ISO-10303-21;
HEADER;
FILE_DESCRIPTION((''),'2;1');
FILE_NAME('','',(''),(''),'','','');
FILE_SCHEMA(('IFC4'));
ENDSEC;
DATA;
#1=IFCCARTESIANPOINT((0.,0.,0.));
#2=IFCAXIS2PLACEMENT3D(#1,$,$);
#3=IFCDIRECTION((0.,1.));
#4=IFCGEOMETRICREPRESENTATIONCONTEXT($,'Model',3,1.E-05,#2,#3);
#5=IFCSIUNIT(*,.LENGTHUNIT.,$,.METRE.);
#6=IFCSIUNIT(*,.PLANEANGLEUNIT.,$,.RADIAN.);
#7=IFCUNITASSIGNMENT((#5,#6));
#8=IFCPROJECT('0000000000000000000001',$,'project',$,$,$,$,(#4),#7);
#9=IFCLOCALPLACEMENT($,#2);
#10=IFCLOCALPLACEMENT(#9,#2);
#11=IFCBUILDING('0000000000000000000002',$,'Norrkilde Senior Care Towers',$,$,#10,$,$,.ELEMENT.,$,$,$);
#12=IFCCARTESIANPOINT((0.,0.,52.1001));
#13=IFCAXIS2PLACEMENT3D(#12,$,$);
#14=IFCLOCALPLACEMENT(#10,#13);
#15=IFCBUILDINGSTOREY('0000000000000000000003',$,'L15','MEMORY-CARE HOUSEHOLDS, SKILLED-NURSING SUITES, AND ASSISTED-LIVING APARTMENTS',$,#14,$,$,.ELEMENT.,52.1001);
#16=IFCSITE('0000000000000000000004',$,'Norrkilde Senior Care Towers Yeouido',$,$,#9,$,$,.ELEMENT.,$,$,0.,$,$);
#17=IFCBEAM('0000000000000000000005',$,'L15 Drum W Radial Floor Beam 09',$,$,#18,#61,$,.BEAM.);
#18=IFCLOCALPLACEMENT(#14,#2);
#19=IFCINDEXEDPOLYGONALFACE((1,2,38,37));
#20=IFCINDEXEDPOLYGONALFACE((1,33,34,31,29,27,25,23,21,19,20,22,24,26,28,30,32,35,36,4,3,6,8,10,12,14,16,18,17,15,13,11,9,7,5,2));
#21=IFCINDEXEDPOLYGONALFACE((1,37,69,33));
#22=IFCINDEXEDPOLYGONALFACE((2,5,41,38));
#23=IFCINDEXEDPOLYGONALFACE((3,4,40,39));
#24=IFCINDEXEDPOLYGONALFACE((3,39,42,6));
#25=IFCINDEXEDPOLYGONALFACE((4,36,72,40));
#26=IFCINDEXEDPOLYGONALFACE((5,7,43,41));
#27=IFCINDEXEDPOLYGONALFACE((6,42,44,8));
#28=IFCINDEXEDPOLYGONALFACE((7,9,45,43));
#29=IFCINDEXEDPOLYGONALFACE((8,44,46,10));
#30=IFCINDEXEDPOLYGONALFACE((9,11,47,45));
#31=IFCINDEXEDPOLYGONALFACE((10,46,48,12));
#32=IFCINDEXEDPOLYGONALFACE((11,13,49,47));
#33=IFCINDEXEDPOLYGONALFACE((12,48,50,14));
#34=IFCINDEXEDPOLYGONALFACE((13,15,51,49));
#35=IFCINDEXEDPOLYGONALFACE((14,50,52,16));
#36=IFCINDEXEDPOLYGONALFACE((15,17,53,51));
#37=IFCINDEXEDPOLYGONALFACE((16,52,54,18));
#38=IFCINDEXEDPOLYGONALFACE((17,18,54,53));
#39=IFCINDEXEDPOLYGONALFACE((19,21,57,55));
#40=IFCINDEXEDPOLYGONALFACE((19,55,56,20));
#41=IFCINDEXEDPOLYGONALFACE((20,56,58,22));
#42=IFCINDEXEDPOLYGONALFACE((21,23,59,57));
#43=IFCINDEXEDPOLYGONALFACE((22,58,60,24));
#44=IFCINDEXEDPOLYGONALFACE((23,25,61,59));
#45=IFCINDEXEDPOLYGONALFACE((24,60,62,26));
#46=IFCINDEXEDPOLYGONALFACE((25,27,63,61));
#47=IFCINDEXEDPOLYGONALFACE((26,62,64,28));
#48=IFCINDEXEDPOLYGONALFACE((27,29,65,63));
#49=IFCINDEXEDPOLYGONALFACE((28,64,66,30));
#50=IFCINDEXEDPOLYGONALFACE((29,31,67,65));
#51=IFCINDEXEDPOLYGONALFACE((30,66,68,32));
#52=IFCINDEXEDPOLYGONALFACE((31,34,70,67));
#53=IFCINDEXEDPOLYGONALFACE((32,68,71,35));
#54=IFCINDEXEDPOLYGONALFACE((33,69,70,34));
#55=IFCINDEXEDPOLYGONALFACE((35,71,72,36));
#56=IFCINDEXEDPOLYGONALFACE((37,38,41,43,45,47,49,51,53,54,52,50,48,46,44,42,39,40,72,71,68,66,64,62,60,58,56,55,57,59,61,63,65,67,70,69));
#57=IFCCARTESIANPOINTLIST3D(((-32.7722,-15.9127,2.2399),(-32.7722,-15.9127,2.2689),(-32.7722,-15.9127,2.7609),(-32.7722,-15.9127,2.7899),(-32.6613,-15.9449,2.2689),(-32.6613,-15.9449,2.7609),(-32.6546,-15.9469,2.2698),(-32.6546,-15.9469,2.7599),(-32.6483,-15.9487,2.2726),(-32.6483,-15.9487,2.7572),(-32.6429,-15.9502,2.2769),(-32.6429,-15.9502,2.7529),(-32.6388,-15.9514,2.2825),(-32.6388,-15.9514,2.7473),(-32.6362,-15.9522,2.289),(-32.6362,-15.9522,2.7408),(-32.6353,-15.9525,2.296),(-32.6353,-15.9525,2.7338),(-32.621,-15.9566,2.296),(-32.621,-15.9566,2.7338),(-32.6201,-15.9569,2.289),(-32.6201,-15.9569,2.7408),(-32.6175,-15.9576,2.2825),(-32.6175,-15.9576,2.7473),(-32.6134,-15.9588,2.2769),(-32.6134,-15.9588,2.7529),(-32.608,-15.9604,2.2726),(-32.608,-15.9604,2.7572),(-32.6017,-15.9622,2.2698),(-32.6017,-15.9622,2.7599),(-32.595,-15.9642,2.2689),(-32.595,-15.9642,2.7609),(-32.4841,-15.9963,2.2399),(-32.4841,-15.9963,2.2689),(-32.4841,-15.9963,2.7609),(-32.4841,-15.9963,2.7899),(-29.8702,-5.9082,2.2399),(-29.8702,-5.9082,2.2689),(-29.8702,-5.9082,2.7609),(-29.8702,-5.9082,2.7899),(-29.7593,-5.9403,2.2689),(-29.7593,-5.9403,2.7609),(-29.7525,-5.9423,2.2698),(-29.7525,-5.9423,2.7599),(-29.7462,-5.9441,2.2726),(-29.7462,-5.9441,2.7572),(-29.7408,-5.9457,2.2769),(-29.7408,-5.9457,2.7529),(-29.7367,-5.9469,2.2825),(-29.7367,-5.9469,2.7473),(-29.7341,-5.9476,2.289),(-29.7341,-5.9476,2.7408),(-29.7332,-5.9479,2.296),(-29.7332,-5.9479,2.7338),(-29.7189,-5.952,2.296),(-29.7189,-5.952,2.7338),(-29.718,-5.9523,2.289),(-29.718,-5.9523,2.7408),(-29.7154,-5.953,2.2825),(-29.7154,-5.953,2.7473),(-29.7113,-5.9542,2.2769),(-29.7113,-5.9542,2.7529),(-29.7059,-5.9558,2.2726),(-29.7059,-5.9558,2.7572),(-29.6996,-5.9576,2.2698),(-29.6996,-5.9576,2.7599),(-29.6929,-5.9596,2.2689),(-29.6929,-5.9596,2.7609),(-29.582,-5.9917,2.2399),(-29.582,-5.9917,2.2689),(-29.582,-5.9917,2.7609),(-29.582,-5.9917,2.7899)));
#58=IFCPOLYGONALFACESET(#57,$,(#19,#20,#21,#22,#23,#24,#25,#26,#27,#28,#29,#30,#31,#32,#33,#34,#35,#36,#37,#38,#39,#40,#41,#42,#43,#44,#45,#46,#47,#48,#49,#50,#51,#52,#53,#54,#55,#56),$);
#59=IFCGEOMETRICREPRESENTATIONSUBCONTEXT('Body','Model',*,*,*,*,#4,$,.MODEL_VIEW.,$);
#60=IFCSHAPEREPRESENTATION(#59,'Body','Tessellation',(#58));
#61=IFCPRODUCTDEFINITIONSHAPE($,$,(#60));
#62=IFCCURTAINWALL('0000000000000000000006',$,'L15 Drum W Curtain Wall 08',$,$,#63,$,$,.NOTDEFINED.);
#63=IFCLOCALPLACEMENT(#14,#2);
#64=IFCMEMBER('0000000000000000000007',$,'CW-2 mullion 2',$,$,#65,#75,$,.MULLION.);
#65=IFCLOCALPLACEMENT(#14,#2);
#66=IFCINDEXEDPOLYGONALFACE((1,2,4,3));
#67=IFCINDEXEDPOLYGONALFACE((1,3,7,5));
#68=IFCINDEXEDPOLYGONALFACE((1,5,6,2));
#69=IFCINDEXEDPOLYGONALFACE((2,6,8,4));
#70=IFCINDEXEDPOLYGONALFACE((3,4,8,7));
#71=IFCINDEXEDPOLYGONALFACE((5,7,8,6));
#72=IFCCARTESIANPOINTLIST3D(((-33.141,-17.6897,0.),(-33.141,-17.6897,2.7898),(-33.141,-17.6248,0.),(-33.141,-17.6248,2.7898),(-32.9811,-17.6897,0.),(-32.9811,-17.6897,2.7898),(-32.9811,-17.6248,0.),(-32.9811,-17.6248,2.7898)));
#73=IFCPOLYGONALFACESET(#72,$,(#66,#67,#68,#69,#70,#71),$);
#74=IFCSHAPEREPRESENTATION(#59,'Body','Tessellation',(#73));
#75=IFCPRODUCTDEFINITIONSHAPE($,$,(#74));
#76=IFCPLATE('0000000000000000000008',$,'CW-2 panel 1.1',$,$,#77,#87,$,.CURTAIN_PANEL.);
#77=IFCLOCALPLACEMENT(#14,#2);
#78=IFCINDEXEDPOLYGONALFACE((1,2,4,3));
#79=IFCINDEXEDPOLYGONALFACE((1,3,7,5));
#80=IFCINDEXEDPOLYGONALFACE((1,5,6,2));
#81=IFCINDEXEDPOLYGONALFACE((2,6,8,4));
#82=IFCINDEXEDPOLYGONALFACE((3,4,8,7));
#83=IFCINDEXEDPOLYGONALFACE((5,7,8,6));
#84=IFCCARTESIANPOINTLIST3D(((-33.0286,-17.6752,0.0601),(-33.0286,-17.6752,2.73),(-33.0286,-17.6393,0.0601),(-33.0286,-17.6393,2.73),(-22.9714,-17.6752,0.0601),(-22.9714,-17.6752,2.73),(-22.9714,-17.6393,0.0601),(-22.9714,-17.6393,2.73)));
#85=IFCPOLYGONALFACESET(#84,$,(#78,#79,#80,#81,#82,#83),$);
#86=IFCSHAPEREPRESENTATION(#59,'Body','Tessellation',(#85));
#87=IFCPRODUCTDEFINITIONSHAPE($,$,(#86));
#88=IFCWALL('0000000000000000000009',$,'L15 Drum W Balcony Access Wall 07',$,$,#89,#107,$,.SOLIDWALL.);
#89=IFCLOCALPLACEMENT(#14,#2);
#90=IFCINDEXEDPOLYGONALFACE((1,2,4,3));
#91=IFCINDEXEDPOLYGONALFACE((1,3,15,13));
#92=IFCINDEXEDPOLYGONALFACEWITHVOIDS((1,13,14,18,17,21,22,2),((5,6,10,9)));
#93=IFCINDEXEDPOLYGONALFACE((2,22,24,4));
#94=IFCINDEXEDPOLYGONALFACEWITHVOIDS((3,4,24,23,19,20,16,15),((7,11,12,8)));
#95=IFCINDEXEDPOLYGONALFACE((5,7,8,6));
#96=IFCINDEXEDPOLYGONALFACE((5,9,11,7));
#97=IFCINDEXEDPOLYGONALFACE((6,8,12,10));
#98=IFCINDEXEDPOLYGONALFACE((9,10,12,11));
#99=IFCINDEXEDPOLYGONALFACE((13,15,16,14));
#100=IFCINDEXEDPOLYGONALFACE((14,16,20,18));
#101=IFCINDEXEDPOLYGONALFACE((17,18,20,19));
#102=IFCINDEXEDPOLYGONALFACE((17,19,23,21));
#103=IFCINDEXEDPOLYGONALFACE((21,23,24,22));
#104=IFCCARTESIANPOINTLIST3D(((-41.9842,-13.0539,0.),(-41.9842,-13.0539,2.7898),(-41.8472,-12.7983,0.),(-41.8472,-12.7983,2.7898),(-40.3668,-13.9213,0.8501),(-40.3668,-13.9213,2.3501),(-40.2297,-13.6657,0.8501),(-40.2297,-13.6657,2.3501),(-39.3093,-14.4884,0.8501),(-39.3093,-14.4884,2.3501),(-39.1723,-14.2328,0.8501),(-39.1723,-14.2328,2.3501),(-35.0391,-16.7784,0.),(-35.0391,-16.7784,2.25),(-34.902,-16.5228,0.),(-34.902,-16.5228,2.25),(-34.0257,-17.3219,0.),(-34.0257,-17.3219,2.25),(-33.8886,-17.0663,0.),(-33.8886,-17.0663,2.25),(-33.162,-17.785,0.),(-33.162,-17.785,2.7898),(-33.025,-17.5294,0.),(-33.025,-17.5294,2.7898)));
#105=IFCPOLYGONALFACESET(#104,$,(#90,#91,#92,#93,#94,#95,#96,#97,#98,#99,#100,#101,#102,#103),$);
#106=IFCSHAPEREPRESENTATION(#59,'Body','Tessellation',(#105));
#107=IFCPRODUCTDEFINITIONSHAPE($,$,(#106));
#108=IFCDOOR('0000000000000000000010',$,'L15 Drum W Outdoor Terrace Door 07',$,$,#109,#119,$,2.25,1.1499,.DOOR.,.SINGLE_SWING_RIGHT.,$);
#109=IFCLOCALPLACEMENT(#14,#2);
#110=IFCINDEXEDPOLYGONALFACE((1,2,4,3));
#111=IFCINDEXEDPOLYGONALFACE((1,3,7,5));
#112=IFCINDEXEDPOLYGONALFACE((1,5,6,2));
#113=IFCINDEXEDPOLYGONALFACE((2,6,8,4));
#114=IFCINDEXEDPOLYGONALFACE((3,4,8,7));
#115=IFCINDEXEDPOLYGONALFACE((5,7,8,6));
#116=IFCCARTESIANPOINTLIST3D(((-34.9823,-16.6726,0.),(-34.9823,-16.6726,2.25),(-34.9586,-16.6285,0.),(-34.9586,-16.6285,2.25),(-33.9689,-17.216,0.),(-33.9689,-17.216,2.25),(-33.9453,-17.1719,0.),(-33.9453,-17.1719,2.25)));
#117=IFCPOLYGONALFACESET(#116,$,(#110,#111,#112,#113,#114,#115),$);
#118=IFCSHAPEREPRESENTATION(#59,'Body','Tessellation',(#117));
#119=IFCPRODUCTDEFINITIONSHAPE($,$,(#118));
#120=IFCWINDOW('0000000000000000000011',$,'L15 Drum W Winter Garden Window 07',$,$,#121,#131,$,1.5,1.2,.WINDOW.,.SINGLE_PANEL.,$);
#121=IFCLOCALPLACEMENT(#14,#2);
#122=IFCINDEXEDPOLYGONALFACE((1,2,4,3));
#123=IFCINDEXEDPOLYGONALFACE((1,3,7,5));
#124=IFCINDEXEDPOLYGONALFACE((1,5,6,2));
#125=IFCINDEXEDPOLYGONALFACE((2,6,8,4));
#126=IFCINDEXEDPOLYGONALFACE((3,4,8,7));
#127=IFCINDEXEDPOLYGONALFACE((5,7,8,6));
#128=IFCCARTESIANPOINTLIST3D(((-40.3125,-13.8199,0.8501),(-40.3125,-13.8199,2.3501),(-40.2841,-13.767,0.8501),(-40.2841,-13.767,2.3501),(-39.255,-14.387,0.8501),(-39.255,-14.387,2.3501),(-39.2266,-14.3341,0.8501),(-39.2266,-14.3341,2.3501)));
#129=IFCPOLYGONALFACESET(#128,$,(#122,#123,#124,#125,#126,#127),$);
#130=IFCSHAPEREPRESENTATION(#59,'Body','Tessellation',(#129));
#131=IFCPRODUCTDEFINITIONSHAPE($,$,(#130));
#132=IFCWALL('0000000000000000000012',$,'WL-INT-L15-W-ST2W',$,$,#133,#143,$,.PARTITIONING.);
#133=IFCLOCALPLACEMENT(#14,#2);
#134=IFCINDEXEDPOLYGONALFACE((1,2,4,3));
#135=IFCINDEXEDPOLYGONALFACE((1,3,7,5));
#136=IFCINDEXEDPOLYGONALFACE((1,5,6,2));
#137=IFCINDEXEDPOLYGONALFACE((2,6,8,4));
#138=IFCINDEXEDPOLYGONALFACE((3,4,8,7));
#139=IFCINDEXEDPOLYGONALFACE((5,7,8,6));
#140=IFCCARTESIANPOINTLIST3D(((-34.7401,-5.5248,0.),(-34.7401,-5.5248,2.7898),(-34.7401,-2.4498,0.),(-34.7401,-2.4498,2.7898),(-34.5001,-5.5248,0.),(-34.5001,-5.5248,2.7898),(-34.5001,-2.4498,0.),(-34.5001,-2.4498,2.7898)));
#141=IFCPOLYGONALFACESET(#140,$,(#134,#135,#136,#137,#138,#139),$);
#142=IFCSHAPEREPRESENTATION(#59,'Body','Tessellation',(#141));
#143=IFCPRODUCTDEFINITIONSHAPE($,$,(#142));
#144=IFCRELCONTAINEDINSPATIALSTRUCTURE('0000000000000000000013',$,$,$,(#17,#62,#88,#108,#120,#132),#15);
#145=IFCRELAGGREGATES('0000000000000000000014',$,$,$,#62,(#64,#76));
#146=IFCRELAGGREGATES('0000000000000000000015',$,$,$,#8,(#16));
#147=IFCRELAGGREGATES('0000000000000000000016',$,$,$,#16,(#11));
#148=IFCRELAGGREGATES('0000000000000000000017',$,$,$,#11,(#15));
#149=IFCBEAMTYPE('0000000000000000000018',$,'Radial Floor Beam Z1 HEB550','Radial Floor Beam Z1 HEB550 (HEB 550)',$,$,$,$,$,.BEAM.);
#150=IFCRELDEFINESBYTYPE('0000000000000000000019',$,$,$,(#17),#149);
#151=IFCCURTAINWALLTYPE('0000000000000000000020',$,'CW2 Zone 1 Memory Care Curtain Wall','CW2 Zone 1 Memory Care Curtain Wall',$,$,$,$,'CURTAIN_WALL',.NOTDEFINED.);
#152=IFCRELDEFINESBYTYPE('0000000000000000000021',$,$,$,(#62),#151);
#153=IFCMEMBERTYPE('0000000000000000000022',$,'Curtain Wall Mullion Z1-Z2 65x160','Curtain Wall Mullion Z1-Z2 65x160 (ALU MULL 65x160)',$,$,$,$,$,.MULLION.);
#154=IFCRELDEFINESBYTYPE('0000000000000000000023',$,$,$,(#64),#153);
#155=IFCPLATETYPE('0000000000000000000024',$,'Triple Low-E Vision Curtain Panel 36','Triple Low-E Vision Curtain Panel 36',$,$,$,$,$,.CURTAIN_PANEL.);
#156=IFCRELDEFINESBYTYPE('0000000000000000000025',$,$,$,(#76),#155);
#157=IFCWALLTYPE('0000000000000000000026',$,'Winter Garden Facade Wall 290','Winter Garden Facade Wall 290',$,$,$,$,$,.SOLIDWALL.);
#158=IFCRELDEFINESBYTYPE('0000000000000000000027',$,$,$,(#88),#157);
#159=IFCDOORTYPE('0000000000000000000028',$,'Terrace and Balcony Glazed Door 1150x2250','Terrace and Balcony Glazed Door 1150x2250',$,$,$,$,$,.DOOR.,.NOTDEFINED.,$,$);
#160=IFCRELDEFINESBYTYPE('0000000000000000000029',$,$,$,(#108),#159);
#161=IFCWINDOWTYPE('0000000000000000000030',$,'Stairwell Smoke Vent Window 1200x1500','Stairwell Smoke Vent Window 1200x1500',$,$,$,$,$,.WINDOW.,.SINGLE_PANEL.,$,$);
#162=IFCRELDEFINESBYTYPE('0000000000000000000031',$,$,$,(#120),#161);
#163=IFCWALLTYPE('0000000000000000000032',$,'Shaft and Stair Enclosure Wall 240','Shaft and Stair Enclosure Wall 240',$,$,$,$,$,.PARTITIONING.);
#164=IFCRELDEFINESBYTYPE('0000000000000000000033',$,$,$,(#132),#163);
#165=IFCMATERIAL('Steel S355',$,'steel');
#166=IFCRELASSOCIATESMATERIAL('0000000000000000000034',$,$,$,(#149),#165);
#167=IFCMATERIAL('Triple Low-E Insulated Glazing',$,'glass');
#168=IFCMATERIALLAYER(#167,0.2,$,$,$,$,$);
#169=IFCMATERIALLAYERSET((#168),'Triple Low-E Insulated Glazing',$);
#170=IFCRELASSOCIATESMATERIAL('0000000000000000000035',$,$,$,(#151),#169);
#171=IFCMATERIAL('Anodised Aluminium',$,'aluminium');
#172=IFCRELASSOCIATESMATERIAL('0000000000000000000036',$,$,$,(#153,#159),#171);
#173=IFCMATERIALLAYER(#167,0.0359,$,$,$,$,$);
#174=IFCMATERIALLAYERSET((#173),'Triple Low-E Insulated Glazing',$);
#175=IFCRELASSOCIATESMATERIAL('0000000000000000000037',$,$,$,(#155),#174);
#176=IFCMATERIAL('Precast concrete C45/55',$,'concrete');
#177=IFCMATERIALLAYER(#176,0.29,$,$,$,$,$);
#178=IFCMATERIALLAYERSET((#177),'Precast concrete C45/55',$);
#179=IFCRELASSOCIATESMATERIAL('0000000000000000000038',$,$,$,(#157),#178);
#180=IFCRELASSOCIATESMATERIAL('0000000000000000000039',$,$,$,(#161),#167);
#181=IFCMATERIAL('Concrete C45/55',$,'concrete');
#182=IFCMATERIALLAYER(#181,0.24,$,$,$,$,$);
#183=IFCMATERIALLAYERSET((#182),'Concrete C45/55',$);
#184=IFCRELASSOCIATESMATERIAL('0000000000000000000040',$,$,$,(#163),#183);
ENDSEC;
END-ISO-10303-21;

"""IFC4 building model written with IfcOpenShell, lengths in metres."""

from ifc_helpers import new_model, si_unit, direction, frame, frame_2d, origin, origin_2d, place, context, subcontext, project, spatial, rectangle, i_section, extrude, source, transform, mapped, material, layer, layer_set, material_profile, profile_set, type_object, type_shapes, element, fill, aggregate, save


model = new_model("IFC4")

# Units and contexts
model_context = context("Model", 3, precision=1e-05, world=origin(), true_north=direction((0.0, 1.0)))
body_context = subcontext(model_context, "Body", "Model", "MODEL_VIEW")
ifc_project = project(units=[si_unit("LENGTHUNIT", "METRE"), si_unit("PLANEANGLEUNIT", "RADIAN")], contexts=[model_context])

# Site, building, storey
site_placement = place(None, origin())
site = spatial("IfcSite", under=ifc_project, at=site_placement, Name="Norrkilde Senior Care Towers Yeouido", CompositionType="ELEMENT", RefElevation=0.0)
building_placement = place(site_placement, origin())
building = spatial("IfcBuilding", under=site, at=building_placement, Name="Norrkilde Senior Care Towers", CompositionType="ELEMENT")
storey_placement = place(building_placement, frame((0.0, 0.0, 52.1001)))
storey = spatial("IfcBuildingStorey", under=building, at=storey_placement, Name="L15", Description="MEMORY-CARE HOUSEHOLDS, SKILLED-NURSING SUITES, AND ASSISTED-LIVING APARTMENTS", CompositionType="ELEMENT", Elevation=52.1001)

# Beam
ifc_material_1 = material(Name="Steel S355", Category="steel")
ifc_material_profile_1 = material_profile(ifc_material_1, i_section(OverallWidth=0.3, OverallDepth=0.55, WebThickness=0.0149, FlangeThickness=0.0291, FilletRadius=0.0271, at=origin_2d()), Name="HEB 550")
ifc_profile_set_1 = profile_set([ifc_material_profile_1], Name="Steel S355")
beam_type_1 = type_object("IfcBeamType", Name="Radial Floor Beam Z1 HEB550", Description="Radial Floor Beam Z1 HEB550 (HEB 550)", PredefinedType="BEAM", material=ifc_profile_set_1)
shared_shape_1 = source(origin(), body_context, "Body", "SweptSolid", [
    extrude(i_section(OverallWidth=0.3, OverallDepth=0.55, WebThickness=0.0149, FlangeThickness=0.0291, FilletRadius=0.0271, at=origin_2d()), origin(), (0.0, 0.0, 1.0), 10.417),
])
beam_1_placement = place(storey_placement, frame((-29.7261, -5.95, 2.5149), z_axis=(-0.278591, -0.96041, 0.0), x_axis=(0.96041, -0.278591, 0.0)))
element("IfcBeam", 1, at=beam_1_placement, inside=storey, type_object=beam_type_1, Name="L15 Drum W Radial Floor Beam 09", PredefinedType="BEAM", context=body_context, shape_type="MappedRepresentation", body=[
    mapped(shared_shape_1, transform((0.0, 0.0, 0.0), x_axis=(1.0, 0.0, 0.0), y_axis=(0.0, 1.0, 0.0), z_axis=(0.0, 0.0, 1.0), scale=1.0)),
])

# Curtain wall, member, plate
ifc_material_2 = material(Name="Triple Low-E Insulated Glazing", Category="glass")
ifc_layer_1 = layer(ifc_material_2, 0.2)
ifc_layer_set_1 = layer_set([ifc_layer_1], Name="Triple Low-E Insulated Glazing")
curtain_wall_type = type_object("IfcCurtainWallType", Name="CW2 Zone 1 Memory Care Curtain Wall", Description="CW2 Zone 1 Memory Care Curtain Wall", ElementType="CURTAIN_WALL", PredefinedType="NOTDEFINED", material=ifc_layer_set_1)
curtain_wall_placement = place(storey_placement, origin())
curtain_wall = element("IfcCurtainWall", 2, at=curtain_wall_placement, inside=storey, type_object=curtain_wall_type, Name="L15 Drum W Curtain Wall 08", PredefinedType="NOTDEFINED")
ifc_material_3 = material(Name="Anodised Aluminium", Category="aluminium")
ifc_material_profile_2 = material_profile(ifc_material_3, rectangle(XDim=0.0649, YDim=0.1599, at=origin_2d()), Name="ALU MULL 65x160")
ifc_profile_set_2 = profile_set([ifc_material_profile_2], Name="Anodised Aluminium")
member_type = type_object("IfcMemberType", Name="Curtain Wall Mullion Z1-Z2 65x160", Description="Curtain Wall Mullion Z1-Z2 65x160 (ALU MULL 65x160)", PredefinedType="MULLION", material=ifc_profile_set_2)
shared_shape_2 = source(origin(), body_context, "Body", "SweptSolid", [
    extrude(rectangle(XDim=0.0649, YDim=0.1599, at=origin_2d()), origin(), (0.0, 0.0, 1.0), 2.7898),
])
type_shapes(member_type, [shared_shape_2])
member_placement = place(storey_placement, frame((-33.061, -17.6572, 0.0), z_axis=(0.0, 0.0, 1.0), x_axis=(0.0, -1.0, 0.0)))
member = element("IfcMember", 3, at=member_placement, type_object=member_type, Name="CW-2 mullion 2", PredefinedType="MULLION", context=body_context, shape_type="MappedRepresentation", body=[
    mapped(shared_shape_2, transform((0.0, 0.0, 0.0), x_axis=(1.0, 0.0, 0.0), y_axis=(0.0, 1.0, 0.0), z_axis=(0.0, 0.0, 1.0), scale=1.0)),
])
ifc_layer_2 = layer(ifc_material_2, 0.0359)
ifc_layer_set_2 = layer_set([ifc_layer_2], Name="Triple Low-E Insulated Glazing")
plate_type = type_object("IfcPlateType", Name="Triple Low-E Vision Curtain Panel 36", Description="Triple Low-E Vision Curtain Panel 36", PredefinedType="CURTAIN_PANEL", material=ifc_layer_set_2)
shared_shape_3 = source(origin(), body_context, "Body", "SweptSolid", [
    extrude(rectangle(XDim=10.0571, YDim=0.0359, at=origin_2d()), origin(), (0.0, 0.0, 1.0), 2.6699),
])
type_shapes(plate_type, [shared_shape_3])
plate_placement = place(storey_placement, frame((-28.0, -17.6572, 0.0601), z_axis=(0.0, 0.0, 1.0), x_axis=(-1.0, 0.0, 0.0)))
plate = element("IfcPlate", 4, at=plate_placement, type_object=plate_type, Name="CW-2 panel 1.1", PredefinedType="CURTAIN_PANEL", context=body_context, shape_type="MappedRepresentation", body=[
    mapped(shared_shape_3, transform((0.0, 0.0, 0.0), x_axis=(1.0, 0.0, 0.0), y_axis=(0.0, 1.0, 0.0), z_axis=(0.0, 0.0, 1.0), scale=1.0)),
])
aggregate(curtain_wall, [member, plate])

# Wall, openings, door, window
ifc_material_4 = material(Name="Precast concrete C45/55", Category="concrete")
ifc_layer_3 = layer(ifc_material_4, 0.29)
ifc_layer_set_3 = layer_set([ifc_layer_3], Name="Precast concrete C45/55")
wall_type_1 = type_object("IfcWallType", Name="Winter Garden Facade Wall 290", Description="Winter Garden Facade Wall 290", PredefinedType="SOLIDWALL", material=ifc_layer_set_3)
shared_shape_4 = source(origin(), body_context, "Body", "SweptSolid", [
    extrude(rectangle(XDim=10.0107, YDim=0.29, at=frame_2d((5.0054, 0.0))), origin(), (0.0, 0.0, 1.0), 2.7898),
])
type_shapes(wall_type_1, [shared_shape_4])
wall_1_placement = place(storey_placement, frame((-33.0935, -17.6572, 0.0), z_axis=(0.0, 0.0, 1.0), x_axis=(-0.881273, 0.472608, 0.0)))
wall_1 = element("IfcWall", 5, at=wall_1_placement, inside=storey, type_object=wall_type_1, Name="L15 Drum W Balcony Access Wall 07", PredefinedType="SOLIDWALL", context=body_context, shape_type="MappedRepresentation", body=[
    mapped(shared_shape_4, transform((0.0, 0.0, 0.0), x_axis=(1.0, 0.0, 0.0), y_axis=(0.0, 1.0, 0.0), z_axis=(0.0, 0.0, 1.0), scale=1.0)),
])
opening_1_placement = place(wall_1_placement, frame((0.98, 0.0, 0.0)))
opening_1 = element("IfcOpeningElement", 6, at=opening_1_placement, cuts=wall_1, PredefinedType="OPENING", context=body_context, shape_type="SweptSolid", body=[
    extrude(rectangle(XDim=1.1499, YDim=2.25, at=frame_2d((0.575, 1.125))), frame((0.0, 0.155, 0.0), z_axis=(0.0, -1.0, 0.0), x_axis=(1.0, 0.0, 0.0)), (0.0, 0.0, 1.0), 0.3101),
])
opening_2_placement = place(wall_1_placement, frame((6.9753, 0.0, 0.8501)))
opening_2 = element("IfcOpeningElement", 7, at=opening_2_placement, cuts=wall_1, PredefinedType="OPENING", context=body_context, shape_type="SweptSolid", body=[
    extrude(rectangle(XDim=1.2, YDim=1.5, at=frame_2d((0.6001, 0.75))), frame((0.0, 0.155, 0.0), z_axis=(0.0, -1.0, 0.0), x_axis=(1.0, 0.0, 0.0)), (0.0, 0.0, 1.0), 0.3101),
])
door_type_1 = type_object("IfcDoorType", Name="Terrace and Balcony Glazed Door 1150x2250", Description="Terrace and Balcony Glazed Door 1150x2250", OperationType="NOTDEFINED", PredefinedType="DOOR", material=ifc_material_3)
shared_shape_5 = source(origin(), body_context, "Body", "SweptSolid", [
    extrude(rectangle(XDim=1.1499, YDim=2.25, at=frame_2d((0.575, 1.125))), frame((0.0, 0.0249, 0.0), z_axis=(0.0, -1.0, 0.0), x_axis=(1.0, 0.0, 0.0)), (0.0, 0.0, 1.0), 0.05),
])
type_shapes(door_type_1, [shared_shape_5])
door_1_placement = place(opening_1_placement, origin())
door_1 = element("IfcDoor", 8, at=door_1_placement, inside=storey, type_object=door_type_1, Name="L15 Drum W Outdoor Terrace Door 07", OperationType="SINGLE_SWING_RIGHT", OverallHeight=2.25, OverallWidth=1.1499, PredefinedType="DOOR", context=body_context, shape_type="MappedRepresentation", body=[
    mapped(shared_shape_5, transform((0.0, 0.0, 0.0), x_axis=(1.0, 0.0, 0.0), y_axis=(0.0, 1.0, 0.0), z_axis=(0.0, 0.0, 1.0), scale=1.0)),
])
fill(opening_1, door_1)
window_type = type_object("IfcWindowType", Name="Stairwell Smoke Vent Window 1200x1500", Description="Stairwell Smoke Vent Window 1200x1500", PartitioningType="SINGLE_PANEL", PredefinedType="WINDOW", material=ifc_material_2)
shared_shape_6 = source(origin(), body_context, "Body", "SweptSolid", [
    extrude(rectangle(XDim=1.2, YDim=1.5, at=frame_2d((0.6001, 0.75))), frame((0.0, 0.03, 0.0), z_axis=(0.0, -1.0, 0.0), x_axis=(1.0, 0.0, 0.0)), (0.0, 0.0, 1.0), 0.0601),
])
type_shapes(window_type, [shared_shape_6])
window_placement = place(opening_2_placement, origin())
window = element("IfcWindow", 9, at=window_placement, inside=storey, type_object=window_type, Name="L15 Drum W Winter Garden Window 07", OverallHeight=1.5, OverallWidth=1.2, PartitioningType="SINGLE_PANEL", PredefinedType="WINDOW", context=body_context, shape_type="MappedRepresentation", body=[
    mapped(shared_shape_6, transform((0.0, 0.0, 0.0), x_axis=(1.0, 0.0, 0.0), y_axis=(0.0, 1.0, 0.0), z_axis=(0.0, 0.0, 1.0), scale=1.0)),
])
fill(opening_2, window)

# Shared definitions
ifc_material_5 = material(Name="Concrete C45/55", Category="concrete")
ifc_layer_4 = layer(ifc_material_5, 0.24)
ifc_layer_set_4 = layer_set([ifc_layer_4], Name="Concrete C45/55")
wall_type_2 = type_object("IfcWallType", Name="Shaft and Stair Enclosure Wall 240", Description="Shaft and Stair Enclosure Wall 240", PredefinedType="PARTITIONING", material=ifc_layer_set_4)

# Wall
shared_shape_7 = source(origin(), body_context, "Body", "SweptSolid", [
    extrude(rectangle(XDim=3.075, YDim=0.24, at=frame_2d((1.5376, 0.0))), origin(), (0.0, 0.0, 1.0), 2.7898),
])
wall_2_placement = place(storey_placement, frame((-34.6201, -5.5249, 0.0), z_axis=(0.0, 0.0, 1.0), x_axis=(0.0, 1.0, 0.0)))
element("IfcWall", 10, at=wall_2_placement, inside=storey, type_object=wall_type_2, Name="WL-INT-L15-W-ST2W", PredefinedType="PARTITIONING", context=body_context, shape_type="MappedRepresentation", body=[
    mapped(shared_shape_7, transform((0.0, 0.0, 0.0), x_axis=(1.0, 0.0, 0.0), y_axis=(0.0, 1.0, 0.0), z_axis=(0.0, 0.0, 1.0), scale=1.0)),
])

save(model, "model.ifc")
